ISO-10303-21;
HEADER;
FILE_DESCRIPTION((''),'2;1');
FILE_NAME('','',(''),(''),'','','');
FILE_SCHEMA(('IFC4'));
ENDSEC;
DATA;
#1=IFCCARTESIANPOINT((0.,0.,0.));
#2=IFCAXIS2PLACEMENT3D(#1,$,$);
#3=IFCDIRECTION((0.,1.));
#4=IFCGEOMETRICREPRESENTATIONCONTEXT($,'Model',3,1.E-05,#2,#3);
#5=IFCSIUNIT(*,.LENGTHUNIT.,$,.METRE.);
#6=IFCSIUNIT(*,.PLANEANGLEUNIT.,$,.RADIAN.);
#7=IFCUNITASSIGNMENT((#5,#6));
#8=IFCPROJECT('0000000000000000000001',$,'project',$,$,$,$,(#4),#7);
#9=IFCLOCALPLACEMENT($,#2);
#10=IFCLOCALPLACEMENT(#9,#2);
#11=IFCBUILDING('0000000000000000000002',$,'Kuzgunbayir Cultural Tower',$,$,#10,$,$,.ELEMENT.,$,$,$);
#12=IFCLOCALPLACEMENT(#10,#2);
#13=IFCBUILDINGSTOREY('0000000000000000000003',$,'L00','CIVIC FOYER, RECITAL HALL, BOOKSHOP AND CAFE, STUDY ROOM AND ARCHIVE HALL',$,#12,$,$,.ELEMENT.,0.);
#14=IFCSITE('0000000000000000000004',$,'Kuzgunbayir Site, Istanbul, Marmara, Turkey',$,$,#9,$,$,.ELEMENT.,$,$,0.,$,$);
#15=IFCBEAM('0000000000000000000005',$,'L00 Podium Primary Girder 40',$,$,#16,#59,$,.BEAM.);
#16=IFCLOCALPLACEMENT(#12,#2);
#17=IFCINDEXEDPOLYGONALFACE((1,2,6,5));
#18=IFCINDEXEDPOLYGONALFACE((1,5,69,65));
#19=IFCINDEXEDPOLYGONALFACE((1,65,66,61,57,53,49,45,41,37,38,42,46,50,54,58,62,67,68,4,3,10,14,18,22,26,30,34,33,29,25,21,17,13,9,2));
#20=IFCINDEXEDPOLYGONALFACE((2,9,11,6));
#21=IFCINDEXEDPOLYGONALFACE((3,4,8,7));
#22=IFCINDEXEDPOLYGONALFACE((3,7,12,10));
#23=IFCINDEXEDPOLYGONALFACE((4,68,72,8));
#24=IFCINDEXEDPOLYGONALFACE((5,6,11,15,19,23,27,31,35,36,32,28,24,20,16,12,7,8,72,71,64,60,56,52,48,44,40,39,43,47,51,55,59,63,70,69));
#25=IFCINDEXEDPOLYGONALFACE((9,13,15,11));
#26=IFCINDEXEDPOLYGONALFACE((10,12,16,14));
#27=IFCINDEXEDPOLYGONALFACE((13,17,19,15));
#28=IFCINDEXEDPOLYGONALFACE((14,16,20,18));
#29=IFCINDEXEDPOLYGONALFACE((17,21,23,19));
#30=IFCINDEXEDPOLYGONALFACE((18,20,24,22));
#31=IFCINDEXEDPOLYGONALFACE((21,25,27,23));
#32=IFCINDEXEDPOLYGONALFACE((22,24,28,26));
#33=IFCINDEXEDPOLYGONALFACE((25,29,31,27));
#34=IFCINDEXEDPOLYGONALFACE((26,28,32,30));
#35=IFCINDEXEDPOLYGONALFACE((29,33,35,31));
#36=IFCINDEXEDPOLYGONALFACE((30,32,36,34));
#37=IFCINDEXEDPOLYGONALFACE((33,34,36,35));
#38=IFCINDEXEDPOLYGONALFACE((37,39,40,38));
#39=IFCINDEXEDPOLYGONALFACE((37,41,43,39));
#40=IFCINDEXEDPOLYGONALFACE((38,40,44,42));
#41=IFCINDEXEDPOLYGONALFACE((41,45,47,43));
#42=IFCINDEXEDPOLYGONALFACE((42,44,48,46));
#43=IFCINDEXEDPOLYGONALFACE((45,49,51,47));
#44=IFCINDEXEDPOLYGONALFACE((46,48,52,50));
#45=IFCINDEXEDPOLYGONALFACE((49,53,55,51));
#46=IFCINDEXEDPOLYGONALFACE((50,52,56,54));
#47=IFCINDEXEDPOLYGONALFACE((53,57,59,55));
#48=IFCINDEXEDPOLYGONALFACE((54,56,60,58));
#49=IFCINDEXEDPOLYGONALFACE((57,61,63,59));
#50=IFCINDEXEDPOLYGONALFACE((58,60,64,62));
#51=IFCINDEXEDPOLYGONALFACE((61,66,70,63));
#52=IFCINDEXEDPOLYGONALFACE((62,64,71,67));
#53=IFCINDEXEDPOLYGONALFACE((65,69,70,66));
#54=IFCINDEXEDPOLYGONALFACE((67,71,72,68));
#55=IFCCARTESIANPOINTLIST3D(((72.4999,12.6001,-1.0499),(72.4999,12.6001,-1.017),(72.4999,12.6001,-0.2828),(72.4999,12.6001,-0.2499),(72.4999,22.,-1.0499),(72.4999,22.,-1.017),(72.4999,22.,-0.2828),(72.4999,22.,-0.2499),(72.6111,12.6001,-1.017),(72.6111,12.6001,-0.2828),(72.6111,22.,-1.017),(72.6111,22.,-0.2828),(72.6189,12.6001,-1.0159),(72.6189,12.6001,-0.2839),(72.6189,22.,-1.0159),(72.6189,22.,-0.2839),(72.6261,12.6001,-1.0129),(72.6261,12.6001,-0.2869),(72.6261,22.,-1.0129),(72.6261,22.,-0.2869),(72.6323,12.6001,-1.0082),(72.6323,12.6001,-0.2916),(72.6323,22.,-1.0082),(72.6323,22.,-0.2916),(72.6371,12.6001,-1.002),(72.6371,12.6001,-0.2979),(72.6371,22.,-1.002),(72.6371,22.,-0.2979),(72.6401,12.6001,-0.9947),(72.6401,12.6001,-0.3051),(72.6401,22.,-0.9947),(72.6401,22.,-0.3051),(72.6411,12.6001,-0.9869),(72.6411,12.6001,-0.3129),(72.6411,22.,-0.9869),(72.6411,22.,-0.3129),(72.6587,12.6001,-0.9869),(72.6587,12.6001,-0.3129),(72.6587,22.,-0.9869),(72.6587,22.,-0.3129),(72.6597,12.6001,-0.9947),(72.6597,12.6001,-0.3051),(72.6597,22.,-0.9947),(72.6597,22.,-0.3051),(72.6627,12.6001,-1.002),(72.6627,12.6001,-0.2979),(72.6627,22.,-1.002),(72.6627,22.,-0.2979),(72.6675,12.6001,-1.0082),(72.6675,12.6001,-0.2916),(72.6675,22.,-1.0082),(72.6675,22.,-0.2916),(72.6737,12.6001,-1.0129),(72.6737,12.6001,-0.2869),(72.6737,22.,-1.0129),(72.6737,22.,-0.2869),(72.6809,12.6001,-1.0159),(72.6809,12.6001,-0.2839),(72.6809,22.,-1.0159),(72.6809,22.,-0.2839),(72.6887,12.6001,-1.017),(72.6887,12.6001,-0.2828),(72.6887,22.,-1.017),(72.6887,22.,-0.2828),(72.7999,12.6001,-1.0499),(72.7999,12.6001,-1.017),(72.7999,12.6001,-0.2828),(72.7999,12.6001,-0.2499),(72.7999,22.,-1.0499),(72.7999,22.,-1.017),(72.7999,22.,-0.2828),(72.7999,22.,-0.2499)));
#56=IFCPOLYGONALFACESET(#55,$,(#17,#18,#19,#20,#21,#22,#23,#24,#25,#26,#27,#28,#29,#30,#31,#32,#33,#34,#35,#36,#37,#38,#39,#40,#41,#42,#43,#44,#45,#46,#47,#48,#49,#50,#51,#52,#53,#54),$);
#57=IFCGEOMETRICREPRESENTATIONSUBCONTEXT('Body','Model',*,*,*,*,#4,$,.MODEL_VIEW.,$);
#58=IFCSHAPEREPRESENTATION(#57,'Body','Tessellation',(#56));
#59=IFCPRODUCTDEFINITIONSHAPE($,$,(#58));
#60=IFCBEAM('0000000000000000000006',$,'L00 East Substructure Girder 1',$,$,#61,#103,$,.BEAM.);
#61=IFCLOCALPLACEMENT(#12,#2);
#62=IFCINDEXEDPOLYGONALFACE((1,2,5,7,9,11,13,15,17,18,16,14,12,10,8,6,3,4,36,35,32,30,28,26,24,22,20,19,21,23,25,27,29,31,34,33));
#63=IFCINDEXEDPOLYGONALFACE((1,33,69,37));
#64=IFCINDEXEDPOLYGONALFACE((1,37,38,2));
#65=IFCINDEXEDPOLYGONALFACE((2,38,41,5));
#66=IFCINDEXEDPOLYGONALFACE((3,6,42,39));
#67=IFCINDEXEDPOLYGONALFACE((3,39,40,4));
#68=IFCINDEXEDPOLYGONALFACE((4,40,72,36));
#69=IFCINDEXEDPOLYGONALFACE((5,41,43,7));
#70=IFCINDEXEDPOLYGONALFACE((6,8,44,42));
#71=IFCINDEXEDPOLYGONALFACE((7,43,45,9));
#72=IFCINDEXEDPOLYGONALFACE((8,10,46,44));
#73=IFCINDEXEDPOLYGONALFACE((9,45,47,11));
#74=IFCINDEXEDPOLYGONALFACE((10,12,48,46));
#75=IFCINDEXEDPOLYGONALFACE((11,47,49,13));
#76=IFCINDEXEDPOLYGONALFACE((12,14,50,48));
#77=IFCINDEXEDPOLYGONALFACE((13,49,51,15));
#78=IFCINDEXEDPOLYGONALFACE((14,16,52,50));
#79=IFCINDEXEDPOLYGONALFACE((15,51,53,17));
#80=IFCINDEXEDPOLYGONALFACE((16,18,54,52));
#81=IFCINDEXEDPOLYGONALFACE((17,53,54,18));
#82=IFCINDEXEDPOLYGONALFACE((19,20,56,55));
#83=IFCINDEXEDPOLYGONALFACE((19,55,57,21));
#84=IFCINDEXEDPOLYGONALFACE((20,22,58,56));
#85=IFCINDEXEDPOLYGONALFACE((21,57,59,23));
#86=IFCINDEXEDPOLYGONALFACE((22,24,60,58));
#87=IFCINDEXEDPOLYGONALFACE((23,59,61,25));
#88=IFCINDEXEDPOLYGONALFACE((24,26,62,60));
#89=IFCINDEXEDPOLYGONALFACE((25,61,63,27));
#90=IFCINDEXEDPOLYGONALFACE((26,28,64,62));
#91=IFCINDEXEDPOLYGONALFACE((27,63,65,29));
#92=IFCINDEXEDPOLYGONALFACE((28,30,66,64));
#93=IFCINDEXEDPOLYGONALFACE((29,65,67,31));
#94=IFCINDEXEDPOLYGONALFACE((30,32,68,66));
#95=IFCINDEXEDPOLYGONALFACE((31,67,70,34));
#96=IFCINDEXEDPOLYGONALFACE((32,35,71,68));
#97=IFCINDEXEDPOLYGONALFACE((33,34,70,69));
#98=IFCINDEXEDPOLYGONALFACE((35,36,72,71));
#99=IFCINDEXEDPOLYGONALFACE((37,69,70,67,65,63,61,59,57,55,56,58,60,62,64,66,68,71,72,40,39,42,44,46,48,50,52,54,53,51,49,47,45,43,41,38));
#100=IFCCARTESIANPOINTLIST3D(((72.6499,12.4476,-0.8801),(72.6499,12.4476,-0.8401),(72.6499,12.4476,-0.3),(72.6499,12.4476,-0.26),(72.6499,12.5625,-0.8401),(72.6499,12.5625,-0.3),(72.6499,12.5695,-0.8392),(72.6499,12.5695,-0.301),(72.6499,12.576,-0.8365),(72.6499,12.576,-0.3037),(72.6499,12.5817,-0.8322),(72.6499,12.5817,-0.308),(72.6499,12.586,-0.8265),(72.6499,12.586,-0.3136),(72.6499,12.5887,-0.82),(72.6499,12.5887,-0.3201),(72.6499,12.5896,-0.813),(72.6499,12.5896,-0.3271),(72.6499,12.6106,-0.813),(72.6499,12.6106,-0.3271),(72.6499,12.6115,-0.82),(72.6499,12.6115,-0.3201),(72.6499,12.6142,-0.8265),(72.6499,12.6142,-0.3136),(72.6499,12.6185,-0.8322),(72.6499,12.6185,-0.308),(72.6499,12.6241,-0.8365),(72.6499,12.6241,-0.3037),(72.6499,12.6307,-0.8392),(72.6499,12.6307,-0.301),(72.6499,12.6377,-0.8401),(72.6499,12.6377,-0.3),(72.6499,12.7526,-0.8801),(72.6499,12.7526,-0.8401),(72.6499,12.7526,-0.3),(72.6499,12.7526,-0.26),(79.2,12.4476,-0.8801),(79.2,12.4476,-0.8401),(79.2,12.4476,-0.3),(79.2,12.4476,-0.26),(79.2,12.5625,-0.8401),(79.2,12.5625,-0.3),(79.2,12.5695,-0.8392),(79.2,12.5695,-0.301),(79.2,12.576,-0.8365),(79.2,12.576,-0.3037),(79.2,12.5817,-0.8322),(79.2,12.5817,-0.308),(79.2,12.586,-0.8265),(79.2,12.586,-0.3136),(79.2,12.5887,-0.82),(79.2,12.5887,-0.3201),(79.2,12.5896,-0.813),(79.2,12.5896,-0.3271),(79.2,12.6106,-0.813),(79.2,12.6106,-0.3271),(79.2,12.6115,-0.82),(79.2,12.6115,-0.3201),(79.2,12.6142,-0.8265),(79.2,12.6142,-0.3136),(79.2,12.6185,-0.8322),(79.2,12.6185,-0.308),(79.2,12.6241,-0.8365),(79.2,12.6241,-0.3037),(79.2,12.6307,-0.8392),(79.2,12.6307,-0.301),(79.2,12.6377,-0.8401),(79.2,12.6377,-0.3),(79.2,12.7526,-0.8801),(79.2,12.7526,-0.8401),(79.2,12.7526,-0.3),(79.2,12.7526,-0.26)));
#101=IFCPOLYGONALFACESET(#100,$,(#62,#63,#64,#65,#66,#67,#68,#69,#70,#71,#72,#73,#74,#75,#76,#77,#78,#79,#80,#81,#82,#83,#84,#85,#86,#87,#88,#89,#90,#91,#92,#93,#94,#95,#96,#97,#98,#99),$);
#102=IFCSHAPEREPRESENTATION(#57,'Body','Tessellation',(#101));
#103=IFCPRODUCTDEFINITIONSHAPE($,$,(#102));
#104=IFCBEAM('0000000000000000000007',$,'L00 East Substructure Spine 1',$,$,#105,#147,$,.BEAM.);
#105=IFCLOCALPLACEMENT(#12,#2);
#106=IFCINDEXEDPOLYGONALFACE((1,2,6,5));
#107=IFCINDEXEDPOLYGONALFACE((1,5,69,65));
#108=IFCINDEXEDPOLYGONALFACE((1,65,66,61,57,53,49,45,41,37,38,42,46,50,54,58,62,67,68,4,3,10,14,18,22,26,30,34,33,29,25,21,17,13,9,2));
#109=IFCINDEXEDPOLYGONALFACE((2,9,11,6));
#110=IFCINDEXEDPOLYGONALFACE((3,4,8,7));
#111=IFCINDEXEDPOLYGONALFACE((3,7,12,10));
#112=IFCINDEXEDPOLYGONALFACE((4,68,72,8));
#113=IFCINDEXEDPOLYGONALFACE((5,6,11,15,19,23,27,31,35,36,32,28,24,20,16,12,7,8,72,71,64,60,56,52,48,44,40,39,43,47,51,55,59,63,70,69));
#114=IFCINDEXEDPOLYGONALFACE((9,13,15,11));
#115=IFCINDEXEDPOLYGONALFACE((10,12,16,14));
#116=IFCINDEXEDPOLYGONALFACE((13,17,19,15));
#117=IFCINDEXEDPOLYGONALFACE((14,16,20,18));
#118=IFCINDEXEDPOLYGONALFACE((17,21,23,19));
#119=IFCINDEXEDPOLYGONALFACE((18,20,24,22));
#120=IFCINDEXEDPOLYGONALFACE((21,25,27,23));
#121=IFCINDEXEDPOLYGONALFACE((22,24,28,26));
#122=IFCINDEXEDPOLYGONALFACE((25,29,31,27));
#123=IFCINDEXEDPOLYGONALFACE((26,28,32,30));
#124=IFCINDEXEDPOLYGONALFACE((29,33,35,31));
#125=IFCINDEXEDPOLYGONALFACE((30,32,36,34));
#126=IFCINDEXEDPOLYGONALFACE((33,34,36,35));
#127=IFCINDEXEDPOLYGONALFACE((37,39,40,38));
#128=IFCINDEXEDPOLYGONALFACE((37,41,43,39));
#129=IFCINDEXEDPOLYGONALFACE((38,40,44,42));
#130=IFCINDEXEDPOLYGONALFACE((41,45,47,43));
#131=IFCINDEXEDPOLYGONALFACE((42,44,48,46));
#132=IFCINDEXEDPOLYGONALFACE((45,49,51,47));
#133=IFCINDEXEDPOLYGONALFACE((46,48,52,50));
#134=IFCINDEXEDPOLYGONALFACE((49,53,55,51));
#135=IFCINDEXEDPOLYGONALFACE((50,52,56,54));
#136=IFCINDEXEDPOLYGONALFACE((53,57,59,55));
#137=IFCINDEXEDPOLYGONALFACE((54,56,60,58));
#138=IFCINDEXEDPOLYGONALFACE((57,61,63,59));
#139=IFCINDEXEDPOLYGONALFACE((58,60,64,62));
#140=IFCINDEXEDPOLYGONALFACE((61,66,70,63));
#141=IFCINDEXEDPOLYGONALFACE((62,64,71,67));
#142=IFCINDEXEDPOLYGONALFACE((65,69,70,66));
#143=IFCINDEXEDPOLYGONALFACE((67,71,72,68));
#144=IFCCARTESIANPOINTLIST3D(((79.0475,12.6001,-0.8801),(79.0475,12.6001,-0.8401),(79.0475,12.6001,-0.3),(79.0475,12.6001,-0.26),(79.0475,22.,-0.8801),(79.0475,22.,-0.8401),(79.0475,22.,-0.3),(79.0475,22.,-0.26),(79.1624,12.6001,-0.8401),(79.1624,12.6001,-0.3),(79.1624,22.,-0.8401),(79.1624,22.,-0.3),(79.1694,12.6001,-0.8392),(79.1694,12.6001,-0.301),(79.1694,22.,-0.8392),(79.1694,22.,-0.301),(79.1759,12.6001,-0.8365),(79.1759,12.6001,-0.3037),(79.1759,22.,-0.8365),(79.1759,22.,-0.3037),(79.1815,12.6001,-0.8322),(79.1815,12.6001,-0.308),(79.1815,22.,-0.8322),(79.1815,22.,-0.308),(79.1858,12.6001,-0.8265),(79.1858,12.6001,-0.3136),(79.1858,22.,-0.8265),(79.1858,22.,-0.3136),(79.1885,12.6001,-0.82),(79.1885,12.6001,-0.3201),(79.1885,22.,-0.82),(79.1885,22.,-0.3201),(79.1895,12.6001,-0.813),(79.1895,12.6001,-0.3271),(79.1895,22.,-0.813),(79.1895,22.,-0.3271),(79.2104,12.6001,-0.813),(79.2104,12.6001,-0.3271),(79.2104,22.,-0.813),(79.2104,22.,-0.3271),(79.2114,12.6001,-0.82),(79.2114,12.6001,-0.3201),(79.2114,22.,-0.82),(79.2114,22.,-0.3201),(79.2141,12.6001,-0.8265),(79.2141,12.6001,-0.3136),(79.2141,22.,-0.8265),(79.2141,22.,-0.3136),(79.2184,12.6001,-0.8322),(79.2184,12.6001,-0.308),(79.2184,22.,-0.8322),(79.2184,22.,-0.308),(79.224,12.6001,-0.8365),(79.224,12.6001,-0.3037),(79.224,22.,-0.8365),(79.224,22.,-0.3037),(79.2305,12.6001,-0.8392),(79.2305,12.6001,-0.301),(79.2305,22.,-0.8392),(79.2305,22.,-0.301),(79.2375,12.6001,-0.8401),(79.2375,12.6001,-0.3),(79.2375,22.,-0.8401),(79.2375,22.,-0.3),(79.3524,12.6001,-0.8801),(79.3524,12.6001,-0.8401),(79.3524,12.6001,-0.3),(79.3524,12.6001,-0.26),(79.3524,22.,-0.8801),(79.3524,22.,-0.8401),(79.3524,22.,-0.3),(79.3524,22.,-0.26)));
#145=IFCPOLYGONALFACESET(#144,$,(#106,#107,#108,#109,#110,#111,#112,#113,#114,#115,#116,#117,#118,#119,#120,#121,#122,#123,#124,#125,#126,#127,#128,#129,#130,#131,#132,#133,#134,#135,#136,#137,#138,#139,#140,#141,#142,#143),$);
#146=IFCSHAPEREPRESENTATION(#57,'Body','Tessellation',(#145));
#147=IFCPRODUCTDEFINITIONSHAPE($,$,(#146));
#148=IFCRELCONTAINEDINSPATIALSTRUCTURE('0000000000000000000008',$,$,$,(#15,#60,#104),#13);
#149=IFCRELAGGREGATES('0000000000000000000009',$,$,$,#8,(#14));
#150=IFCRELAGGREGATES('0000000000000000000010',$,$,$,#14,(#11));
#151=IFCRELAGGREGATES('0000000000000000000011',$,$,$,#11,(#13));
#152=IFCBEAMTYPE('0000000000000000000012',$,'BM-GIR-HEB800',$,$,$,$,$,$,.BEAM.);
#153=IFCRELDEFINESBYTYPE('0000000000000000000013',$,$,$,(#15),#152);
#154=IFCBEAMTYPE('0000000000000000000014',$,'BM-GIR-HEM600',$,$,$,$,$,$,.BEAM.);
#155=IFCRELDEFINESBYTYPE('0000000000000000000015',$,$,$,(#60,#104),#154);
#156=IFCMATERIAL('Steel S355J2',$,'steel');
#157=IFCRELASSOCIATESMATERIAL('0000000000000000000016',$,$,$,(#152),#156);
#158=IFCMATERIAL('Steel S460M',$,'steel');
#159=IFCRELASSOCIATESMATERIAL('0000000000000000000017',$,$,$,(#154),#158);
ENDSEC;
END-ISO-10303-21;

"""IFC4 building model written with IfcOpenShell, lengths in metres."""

from ifc_helpers import new_model, si_unit, direction, frame, origin, origin_2d, place, context, subcontext, project, spatial, i_section, extrude, material, material_profile, profile_set, type_object, element, save


model = new_model("IFC4")

# Units and contexts
model_context = context("Model", 3, precision=1e-05, world=origin(), true_north=direction((0.0, 1.0)))
body_context = subcontext(model_context, "Body", "Model", "MODEL_VIEW")
ifc_project = project(units=[si_unit("LENGTHUNIT", "METRE"), si_unit("PLANEANGLEUNIT", "RADIAN")], contexts=[model_context])

# Site, building, storey
site_placement = place(None, origin())
site = spatial("IfcSite", under=ifc_project, at=site_placement, Name="Kuzgunbayir Site, Istanbul, Marmara, Turkey", CompositionType="ELEMENT", RefElevation=0.0)
building_placement = place(site_placement, origin())
building = spatial("IfcBuilding", under=site, at=building_placement, Name="Kuzgunbayir Cultural Tower", CompositionType="ELEMENT")
storey_placement = place(building_placement, origin())
storey = spatial("IfcBuildingStorey", under=building, at=storey_placement, Name="L00", Description="CIVIC FOYER, RECITAL HALL, BOOKSHOP AND CAFE, STUDY ROOM AND ARCHIVE HALL", CompositionType="ELEMENT", Elevation=0.0)

# Beams
ifc_material_1 = material(Name="Steel S355J2", Category="steel")
ifc_material_profile_1 = material_profile(ifc_material_1, i_section(OverallWidth=0.3, OverallDepth=0.8, WebThickness=0.0176, FlangeThickness=0.033, FilletRadius=0.03, at=origin_2d()), Name="HEB 800")
ifc_profile_set_1 = profile_set([ifc_material_profile_1], Name="Steel S355J2")
beam_type_1 = type_object("IfcBeamType", Name="BM-GIR-HEB800", PredefinedType="BEAM", material=ifc_profile_set_1)
beam_1_placement = place(storey_placement, frame((72.6499, 12.6001, -0.6499), z_axis=(0.0, 1.0, 0.0), x_axis=(-1.0, 0.0, 0.0)))
element("IfcBeam", 1, at=beam_1_placement, inside=storey, type_object=beam_type_1, Name="L00 Podium Primary Girder 40", PredefinedType="BEAM", context=body_context, shape_type="SweptSolid", body=[
    extrude(i_section(OverallWidth=0.3, OverallDepth=0.8, WebThickness=0.0176, FlangeThickness=0.033, FilletRadius=0.03, at=origin_2d()), origin(), (0.0, 0.0, 1.0), 9.3999),
])
ifc_material_2 = material(Name="Steel S460M", Category="steel")
ifc_material_profile_2 = material_profile(ifc_material_2, i_section(OverallWidth=0.3049, OverallDepth=0.6201, WebThickness=0.021, FlangeThickness=0.04, FilletRadius=0.0271, at=origin_2d()), Name="HEM 600")
ifc_profile_set_2 = profile_set([ifc_material_profile_2], Name="Steel S460M")
beam_type_2 = type_object("IfcBeamType", Name="BM-GIR-HEM600", PredefinedType="BEAM", material=ifc_profile_set_2)
beam_2_placement = place(storey_placement, frame((72.6499, 12.6001, -0.5701), z_axis=(1.0, 0.0, 0.0), x_axis=(0.0, 1.0, 0.0)))
element("IfcBeam", 2, at=beam_2_placement, inside=storey, type_object=beam_type_2, Name="L00 East Substructure Girder 1", PredefinedType="BEAM", context=body_context, shape_type="SweptSolid", body=[
    extrude(i_section(OverallWidth=0.3049, OverallDepth=0.6201, WebThickness=0.021, FlangeThickness=0.04, FilletRadius=0.0271, at=origin_2d()), origin(), (0.0, 0.0, 1.0), 6.55),
])
beam_3_placement = place(storey_placement, frame((79.2, 12.6001, -0.5701), z_axis=(0.0, 1.0, 0.0), x_axis=(-1.0, 0.0, 0.0)))
element("IfcBeam", 3, at=beam_3_placement, inside=storey, type_object=beam_type_2, Name="L00 East Substructure Spine 1", PredefinedType="BEAM", context=body_context, shape_type="SweptSolid", body=[
    extrude(i_section(OverallWidth=0.3049, OverallDepth=0.6201, WebThickness=0.021, FlangeThickness=0.04, FilletRadius=0.0271, at=origin_2d()), origin(), (0.0, 0.0, 1.0), 9.3999),
])

save(model, "model.ifc")
